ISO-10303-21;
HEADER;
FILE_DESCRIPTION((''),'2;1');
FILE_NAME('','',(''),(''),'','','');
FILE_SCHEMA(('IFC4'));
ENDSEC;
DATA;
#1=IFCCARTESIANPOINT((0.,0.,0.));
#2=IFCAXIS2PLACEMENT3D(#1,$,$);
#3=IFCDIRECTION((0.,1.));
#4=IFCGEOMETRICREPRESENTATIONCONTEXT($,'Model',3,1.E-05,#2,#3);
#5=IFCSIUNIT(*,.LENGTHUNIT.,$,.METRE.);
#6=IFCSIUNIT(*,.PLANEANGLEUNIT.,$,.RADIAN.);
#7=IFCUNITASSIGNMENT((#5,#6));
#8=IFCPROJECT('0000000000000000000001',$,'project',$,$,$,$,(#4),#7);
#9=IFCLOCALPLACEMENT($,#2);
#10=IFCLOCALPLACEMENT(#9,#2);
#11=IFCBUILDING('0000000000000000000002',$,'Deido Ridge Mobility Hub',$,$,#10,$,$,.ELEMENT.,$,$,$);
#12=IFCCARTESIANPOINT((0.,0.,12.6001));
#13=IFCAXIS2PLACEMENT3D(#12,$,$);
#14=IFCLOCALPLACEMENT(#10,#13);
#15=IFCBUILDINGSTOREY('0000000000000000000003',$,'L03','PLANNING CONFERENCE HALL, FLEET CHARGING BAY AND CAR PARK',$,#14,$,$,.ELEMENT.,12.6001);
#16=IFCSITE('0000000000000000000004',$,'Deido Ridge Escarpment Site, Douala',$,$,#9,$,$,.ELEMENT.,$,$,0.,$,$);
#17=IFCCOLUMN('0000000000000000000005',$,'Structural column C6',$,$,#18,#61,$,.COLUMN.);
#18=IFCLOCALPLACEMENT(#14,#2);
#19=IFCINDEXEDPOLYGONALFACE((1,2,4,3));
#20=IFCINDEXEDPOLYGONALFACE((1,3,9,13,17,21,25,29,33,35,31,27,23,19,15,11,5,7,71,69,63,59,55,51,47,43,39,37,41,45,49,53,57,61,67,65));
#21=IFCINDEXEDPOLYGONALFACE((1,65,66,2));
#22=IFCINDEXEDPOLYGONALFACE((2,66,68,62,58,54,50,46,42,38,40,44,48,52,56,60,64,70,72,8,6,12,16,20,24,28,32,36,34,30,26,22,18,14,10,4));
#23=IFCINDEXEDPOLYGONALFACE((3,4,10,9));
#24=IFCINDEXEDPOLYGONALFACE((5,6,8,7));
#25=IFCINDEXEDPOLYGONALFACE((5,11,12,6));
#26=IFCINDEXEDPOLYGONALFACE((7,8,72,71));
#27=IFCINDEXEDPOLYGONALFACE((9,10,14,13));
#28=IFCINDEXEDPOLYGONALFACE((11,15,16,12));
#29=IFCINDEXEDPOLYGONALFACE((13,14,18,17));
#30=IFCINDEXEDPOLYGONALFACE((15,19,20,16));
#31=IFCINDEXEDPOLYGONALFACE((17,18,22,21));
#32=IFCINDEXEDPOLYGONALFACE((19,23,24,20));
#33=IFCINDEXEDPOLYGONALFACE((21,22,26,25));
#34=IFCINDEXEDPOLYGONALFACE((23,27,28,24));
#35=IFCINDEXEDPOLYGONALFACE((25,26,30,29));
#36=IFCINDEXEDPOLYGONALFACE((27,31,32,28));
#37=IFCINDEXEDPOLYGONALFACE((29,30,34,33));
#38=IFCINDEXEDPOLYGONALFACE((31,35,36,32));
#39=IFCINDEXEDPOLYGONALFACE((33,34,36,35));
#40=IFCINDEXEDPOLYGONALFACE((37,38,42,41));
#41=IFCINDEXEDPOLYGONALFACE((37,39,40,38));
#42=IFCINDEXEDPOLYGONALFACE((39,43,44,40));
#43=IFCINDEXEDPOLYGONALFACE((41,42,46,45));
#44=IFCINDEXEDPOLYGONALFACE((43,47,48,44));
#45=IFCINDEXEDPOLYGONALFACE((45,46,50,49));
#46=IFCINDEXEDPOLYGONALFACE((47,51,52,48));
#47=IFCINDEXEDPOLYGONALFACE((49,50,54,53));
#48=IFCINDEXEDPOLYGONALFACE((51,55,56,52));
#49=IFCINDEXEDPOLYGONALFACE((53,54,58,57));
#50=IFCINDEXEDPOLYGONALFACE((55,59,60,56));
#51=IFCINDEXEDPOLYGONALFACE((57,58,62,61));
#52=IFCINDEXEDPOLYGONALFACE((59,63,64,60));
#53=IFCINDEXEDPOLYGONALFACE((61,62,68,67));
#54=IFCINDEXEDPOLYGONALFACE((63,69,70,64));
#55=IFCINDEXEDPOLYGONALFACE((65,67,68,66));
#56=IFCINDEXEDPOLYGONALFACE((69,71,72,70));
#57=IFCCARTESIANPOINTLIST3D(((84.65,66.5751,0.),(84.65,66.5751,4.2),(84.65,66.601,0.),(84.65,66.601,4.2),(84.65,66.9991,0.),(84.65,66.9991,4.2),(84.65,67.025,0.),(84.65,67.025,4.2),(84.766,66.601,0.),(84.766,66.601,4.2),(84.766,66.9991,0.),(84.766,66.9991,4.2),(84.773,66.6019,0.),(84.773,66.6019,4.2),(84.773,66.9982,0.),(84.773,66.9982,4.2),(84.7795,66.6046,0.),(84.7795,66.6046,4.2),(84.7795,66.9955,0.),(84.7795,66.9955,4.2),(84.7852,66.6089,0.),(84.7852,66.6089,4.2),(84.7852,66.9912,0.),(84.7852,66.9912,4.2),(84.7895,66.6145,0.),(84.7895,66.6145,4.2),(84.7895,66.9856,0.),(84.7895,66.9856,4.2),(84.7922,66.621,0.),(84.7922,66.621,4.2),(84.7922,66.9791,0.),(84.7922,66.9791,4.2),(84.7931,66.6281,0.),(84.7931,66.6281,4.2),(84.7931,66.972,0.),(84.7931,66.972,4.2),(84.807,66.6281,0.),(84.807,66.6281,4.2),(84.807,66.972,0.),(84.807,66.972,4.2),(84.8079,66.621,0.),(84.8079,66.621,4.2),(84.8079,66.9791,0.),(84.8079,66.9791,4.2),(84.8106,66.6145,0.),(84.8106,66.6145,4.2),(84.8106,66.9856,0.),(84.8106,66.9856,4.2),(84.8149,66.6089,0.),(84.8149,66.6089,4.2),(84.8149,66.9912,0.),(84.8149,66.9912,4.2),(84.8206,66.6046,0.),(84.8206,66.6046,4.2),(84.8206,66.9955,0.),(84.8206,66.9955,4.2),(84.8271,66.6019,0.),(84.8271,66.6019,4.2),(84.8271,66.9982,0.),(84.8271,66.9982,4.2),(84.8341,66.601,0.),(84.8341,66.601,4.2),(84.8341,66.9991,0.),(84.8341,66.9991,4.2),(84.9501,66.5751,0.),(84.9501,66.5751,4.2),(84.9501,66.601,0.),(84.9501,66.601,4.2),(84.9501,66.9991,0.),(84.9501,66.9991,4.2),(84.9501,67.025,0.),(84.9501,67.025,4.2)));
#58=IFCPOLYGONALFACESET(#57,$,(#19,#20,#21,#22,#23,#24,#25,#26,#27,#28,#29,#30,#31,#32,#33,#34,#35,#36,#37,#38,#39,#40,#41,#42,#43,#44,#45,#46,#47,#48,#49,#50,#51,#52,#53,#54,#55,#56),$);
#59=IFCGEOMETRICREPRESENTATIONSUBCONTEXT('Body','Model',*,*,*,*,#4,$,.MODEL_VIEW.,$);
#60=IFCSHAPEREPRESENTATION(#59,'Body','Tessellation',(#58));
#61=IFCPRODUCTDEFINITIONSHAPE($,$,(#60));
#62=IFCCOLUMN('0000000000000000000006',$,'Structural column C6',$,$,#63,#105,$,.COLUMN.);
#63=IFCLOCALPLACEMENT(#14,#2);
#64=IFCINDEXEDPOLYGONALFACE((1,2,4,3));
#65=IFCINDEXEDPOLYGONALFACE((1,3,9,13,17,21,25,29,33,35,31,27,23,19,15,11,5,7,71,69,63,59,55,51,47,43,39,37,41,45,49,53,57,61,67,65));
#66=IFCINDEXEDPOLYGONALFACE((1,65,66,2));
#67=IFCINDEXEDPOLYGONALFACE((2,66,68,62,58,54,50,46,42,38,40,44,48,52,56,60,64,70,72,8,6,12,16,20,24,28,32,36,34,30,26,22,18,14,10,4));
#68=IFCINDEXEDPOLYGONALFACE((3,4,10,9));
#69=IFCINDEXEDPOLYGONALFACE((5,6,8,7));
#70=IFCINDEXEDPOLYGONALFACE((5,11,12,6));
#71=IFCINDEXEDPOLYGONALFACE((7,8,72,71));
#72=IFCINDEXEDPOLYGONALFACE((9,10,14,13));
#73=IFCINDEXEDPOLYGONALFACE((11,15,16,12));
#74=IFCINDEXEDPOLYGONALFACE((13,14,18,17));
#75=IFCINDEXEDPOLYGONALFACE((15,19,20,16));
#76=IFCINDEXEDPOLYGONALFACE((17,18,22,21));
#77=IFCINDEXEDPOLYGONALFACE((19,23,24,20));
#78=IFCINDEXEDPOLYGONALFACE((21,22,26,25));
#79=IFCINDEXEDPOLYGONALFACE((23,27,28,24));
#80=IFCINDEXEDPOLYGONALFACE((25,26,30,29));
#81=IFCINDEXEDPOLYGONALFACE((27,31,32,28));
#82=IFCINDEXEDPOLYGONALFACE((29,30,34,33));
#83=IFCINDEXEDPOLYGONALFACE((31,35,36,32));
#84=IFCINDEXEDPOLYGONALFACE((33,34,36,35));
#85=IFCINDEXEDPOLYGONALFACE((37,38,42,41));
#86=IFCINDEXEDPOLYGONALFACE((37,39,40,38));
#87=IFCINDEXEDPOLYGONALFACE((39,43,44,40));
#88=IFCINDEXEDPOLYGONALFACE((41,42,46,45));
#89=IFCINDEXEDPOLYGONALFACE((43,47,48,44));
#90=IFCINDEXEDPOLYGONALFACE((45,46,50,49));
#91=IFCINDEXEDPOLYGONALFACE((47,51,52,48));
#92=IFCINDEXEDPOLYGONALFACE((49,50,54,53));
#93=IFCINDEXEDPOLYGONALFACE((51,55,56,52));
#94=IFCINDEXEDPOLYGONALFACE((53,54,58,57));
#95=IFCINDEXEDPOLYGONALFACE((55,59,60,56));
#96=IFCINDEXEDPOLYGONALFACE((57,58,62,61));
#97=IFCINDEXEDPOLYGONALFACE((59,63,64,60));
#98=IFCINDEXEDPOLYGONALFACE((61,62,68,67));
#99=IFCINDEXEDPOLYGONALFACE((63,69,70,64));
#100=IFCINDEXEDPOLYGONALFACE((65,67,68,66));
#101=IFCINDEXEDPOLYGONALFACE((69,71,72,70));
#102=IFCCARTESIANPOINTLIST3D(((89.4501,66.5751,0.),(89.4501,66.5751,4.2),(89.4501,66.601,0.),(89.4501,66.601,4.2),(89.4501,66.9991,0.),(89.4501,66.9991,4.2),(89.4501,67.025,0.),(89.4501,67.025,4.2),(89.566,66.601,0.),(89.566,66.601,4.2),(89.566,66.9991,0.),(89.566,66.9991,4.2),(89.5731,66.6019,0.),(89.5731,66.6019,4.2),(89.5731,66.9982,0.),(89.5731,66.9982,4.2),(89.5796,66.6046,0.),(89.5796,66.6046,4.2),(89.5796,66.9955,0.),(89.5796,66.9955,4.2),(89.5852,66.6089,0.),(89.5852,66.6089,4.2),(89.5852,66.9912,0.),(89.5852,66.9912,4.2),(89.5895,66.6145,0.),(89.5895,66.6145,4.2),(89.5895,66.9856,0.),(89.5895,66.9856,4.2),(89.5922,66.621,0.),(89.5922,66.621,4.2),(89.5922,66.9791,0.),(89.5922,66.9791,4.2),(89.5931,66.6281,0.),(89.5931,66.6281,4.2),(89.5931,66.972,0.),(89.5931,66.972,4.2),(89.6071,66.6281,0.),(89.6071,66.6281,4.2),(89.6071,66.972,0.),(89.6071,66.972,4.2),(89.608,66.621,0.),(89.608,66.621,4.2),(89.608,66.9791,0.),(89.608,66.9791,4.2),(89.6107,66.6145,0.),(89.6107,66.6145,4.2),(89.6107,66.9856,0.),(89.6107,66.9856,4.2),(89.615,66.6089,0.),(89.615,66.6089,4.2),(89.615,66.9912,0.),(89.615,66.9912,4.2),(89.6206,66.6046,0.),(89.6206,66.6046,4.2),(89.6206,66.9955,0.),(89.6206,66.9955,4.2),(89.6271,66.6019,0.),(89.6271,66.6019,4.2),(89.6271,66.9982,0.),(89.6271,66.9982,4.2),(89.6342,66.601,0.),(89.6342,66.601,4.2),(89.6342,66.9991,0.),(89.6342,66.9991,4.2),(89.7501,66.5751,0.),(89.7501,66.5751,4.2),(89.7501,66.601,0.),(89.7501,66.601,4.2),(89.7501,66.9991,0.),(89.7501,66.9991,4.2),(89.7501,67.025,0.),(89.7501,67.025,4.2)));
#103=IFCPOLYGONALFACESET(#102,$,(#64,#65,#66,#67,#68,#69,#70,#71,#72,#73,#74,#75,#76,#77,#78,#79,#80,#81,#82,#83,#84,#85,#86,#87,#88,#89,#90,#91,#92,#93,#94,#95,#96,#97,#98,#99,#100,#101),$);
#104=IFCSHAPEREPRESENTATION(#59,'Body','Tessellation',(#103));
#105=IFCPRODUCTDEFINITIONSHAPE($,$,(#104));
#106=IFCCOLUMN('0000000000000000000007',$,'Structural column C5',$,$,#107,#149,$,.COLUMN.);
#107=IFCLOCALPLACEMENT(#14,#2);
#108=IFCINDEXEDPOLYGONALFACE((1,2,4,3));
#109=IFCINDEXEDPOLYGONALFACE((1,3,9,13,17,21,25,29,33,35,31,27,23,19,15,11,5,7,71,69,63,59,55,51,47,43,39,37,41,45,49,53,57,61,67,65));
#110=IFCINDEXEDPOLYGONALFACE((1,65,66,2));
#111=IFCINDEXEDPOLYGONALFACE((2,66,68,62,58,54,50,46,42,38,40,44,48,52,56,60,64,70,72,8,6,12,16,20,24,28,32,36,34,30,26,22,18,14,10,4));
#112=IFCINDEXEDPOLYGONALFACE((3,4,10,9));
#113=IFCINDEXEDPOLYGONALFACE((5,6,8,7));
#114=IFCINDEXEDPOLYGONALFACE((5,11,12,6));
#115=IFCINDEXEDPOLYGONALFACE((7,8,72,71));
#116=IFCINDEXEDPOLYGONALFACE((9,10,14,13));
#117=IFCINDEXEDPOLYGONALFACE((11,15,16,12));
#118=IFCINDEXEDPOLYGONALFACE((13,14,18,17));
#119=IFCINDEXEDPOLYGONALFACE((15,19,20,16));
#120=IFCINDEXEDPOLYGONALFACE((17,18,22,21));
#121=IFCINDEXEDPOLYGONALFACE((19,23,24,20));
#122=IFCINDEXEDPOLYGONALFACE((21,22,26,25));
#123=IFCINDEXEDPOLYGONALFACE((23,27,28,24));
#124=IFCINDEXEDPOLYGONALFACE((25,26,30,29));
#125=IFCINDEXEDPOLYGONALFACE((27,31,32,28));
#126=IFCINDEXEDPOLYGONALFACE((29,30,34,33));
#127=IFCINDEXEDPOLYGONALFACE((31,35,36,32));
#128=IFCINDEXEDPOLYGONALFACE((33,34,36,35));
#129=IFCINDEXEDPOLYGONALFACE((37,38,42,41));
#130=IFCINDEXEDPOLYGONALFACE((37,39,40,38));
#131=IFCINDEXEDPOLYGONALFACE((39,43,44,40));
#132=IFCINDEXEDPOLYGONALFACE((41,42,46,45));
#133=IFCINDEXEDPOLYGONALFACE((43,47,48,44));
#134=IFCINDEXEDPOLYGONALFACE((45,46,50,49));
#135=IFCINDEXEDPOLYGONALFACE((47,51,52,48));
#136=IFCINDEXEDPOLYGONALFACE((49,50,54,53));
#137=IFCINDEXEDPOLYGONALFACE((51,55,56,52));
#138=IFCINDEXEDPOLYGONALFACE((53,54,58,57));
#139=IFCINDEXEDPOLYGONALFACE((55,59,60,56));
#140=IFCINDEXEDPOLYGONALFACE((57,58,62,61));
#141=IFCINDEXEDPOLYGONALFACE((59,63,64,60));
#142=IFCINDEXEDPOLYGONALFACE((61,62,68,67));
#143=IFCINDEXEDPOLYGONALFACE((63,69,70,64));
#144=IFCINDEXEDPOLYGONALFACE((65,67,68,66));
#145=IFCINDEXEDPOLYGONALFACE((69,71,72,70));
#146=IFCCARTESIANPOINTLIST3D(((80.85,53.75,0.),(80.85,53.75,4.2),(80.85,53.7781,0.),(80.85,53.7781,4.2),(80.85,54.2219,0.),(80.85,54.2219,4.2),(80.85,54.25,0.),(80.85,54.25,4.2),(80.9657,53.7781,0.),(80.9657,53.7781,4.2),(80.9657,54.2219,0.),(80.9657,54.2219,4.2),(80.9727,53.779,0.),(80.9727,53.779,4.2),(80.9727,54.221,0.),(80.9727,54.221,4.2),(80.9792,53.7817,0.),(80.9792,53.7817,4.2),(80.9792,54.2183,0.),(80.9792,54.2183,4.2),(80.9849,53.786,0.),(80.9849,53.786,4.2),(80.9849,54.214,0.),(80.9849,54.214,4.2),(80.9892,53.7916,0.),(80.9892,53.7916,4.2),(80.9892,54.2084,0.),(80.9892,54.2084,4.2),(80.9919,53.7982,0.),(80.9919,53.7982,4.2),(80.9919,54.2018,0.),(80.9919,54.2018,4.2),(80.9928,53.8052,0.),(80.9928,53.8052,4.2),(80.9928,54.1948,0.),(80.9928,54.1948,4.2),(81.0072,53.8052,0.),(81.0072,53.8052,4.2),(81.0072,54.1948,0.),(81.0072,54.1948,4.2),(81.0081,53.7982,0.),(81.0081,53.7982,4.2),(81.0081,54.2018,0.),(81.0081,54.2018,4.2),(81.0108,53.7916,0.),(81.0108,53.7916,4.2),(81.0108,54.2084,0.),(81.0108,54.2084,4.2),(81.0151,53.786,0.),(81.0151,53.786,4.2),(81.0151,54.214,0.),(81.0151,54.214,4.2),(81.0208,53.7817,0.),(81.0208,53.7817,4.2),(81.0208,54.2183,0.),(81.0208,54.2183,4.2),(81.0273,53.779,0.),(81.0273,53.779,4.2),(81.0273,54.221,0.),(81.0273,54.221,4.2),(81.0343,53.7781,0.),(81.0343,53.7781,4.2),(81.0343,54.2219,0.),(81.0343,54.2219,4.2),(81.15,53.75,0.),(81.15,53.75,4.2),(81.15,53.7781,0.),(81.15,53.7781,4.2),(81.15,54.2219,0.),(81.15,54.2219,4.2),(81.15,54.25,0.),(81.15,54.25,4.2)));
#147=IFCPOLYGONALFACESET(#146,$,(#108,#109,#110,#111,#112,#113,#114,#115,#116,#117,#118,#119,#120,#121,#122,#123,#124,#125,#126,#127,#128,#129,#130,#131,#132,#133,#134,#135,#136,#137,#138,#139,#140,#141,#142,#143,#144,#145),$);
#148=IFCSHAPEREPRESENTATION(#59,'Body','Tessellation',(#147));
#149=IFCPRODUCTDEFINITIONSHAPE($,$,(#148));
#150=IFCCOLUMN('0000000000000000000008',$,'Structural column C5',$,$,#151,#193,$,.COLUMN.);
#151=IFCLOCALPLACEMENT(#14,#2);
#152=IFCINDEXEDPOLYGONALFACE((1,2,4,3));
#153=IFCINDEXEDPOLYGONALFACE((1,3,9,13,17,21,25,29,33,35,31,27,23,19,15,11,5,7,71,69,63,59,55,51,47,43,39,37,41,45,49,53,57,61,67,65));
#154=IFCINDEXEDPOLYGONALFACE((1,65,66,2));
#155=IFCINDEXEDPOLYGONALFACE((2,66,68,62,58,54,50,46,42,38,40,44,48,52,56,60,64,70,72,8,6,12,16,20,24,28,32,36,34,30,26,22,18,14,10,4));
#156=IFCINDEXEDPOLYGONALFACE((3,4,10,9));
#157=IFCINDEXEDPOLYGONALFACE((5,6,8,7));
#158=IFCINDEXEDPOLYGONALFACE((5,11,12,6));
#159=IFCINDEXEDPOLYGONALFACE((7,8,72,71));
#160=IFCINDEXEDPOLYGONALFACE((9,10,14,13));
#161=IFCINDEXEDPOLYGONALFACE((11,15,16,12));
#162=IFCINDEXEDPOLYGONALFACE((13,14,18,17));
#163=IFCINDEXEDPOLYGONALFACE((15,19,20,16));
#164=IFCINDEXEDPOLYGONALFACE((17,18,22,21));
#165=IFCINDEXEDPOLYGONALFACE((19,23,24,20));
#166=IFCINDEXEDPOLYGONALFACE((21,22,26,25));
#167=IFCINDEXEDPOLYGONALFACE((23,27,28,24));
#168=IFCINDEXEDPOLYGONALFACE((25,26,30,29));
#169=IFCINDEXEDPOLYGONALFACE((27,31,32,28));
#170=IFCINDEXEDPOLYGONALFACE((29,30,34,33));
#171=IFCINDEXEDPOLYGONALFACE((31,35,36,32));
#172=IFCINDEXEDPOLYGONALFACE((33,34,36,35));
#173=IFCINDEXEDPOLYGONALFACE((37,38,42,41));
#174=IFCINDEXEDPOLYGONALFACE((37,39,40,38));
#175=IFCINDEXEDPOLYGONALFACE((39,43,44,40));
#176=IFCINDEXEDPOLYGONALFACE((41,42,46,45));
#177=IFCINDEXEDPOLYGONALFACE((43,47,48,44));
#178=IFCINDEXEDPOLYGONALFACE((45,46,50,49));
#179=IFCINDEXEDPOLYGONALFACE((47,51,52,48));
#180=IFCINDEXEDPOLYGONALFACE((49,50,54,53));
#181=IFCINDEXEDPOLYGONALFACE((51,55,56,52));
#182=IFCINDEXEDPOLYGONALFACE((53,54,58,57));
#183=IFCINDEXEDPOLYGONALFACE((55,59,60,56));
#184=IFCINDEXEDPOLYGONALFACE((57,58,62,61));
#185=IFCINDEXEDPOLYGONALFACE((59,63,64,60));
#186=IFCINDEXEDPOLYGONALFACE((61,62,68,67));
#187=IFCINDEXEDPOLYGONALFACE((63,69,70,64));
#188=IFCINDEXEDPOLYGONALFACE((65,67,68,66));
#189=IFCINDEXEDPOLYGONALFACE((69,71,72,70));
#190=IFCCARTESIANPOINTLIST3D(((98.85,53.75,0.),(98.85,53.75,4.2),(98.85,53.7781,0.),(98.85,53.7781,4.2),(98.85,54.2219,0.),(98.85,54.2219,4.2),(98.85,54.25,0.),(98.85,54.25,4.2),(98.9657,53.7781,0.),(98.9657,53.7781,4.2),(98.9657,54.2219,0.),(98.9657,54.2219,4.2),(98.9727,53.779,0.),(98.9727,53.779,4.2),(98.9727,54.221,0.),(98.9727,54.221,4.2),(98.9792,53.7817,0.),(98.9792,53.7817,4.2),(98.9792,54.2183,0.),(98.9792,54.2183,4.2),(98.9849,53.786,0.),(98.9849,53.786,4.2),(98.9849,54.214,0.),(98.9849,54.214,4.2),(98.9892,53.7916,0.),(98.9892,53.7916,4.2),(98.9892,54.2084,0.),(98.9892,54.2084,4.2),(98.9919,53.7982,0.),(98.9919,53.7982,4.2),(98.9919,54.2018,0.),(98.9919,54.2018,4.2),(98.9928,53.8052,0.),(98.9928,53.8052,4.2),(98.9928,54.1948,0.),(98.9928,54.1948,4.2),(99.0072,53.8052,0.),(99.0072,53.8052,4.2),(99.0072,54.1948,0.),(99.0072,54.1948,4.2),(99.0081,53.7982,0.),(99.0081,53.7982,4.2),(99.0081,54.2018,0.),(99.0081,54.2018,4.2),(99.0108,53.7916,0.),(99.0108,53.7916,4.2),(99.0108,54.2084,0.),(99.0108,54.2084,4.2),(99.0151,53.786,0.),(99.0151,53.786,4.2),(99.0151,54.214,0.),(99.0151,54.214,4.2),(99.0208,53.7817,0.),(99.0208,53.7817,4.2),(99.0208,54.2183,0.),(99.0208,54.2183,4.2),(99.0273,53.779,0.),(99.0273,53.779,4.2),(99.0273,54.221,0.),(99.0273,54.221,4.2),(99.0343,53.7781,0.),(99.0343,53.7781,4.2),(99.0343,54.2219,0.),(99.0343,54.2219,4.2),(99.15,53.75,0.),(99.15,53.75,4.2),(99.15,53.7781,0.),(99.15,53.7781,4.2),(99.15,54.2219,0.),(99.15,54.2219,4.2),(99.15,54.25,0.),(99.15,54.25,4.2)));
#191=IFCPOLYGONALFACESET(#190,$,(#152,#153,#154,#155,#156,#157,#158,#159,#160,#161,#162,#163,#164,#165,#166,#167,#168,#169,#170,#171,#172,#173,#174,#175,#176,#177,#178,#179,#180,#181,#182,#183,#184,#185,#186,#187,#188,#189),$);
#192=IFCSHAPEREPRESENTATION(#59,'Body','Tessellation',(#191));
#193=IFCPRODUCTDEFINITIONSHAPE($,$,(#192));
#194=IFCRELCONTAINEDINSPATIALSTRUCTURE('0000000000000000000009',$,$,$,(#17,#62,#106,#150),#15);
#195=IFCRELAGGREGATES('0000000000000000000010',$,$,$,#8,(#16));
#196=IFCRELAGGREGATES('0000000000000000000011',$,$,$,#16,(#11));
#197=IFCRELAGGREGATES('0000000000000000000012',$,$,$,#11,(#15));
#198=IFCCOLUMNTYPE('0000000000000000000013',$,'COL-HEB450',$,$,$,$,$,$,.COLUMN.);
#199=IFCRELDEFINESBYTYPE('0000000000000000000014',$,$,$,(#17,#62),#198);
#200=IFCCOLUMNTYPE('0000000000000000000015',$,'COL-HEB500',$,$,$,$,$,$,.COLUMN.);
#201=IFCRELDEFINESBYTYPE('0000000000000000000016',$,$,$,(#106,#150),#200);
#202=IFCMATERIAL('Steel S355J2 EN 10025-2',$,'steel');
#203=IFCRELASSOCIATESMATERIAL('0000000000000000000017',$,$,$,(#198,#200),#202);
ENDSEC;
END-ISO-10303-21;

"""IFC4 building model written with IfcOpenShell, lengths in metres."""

from ifc_helpers import new_model, si_unit, direction, frame, origin, origin_2d, place, context, subcontext, project, spatial, i_section, extrude, material, material_profile, profile_set, type_object, element, save


model = new_model("IFC4")

# Units and contexts
model_context = context("Model", 3, precision=1e-05, world=origin(), true_north=direction((0.0, 1.0)))
body_context = subcontext(model_context, "Body", "Model", "MODEL_VIEW")
ifc_project = project(units=[si_unit("LENGTHUNIT", "METRE"), si_unit("PLANEANGLEUNIT", "RADIAN")], contexts=[model_context])

# Site, building, storey
site_placement = place(None, origin())
site = spatial("IfcSite", under=ifc_project, at=site_placement, Name="Deido Ridge Escarpment Site, Douala", CompositionType="ELEMENT", RefElevation=0.0)
building_placement = place(site_placement, origin())
building = spatial("IfcBuilding", under=site, at=building_placement, Name="Deido Ridge Mobility Hub", CompositionType="ELEMENT")
storey_placement = place(building_placement, frame((0.0, 0.0, 12.6001)))
storey = spatial("IfcBuildingStorey", under=building, at=storey_placement, Name="L03", Description="PLANNING CONFERENCE HALL, FLEET CHARGING BAY AND CAR PARK", CompositionType="ELEMENT", Elevation=12.6001)

# Columns
ifc_material_1 = material(Name="Steel S355J2 EN 10025-2", Category="steel")
ifc_material_profile_1 = material_profile(ifc_material_1, i_section(OverallWidth=0.3, OverallDepth=0.45, WebThickness=0.0139, FlangeThickness=0.0259, FilletRadius=0.0271, at=origin_2d()), Name="HEB 450")
ifc_profile_set_1 = profile_set([ifc_material_profile_1], Name="Steel S355J2 EN 10025-2")
column_type_1 = type_object("IfcColumnType", Name="COL-HEB450", PredefinedType="COLUMN", material=ifc_profile_set_1)
for number, where, z_axis, x_axis, name in (
    (1, (84.8, 66.8, 0.0), (0.0, 0.0, 1.0), (1.0, 0.0, 0.0), "Structural column C6"),
    (2, (89.6001, 66.8, 0.0), (0.0, 0.0, 1.0), (1.0, 0.0, 0.0), "Structural column C6"),
):
    element("IfcColumn", number, at=place(storey_placement, frame(where, z_axis=z_axis, x_axis=x_axis)), inside=storey, type_object=column_type_1, Name=name, PredefinedType="COLUMN", context=body_context, shape_type="SweptSolid", body=[
        extrude(i_section(OverallWidth=0.3, OverallDepth=0.45, WebThickness=0.0139, FlangeThickness=0.0259, FilletRadius=0.0271, at=origin_2d()), origin(), (0.0, 0.0, 1.0), 4.2),
    ])
ifc_material_profile_2 = material_profile(ifc_material_1, i_section(OverallWidth=0.3, OverallDepth=0.5, WebThickness=0.0144, FlangeThickness=0.0281, FilletRadius=0.0271, at=origin_2d()), Name="HEB 500")
ifc_profile_set_2 = profile_set([ifc_material_profile_2], Name="Steel S355J2 EN 10025-2")
column_type_2 = type_object("IfcColumnType", Name="COL-HEB500", PredefinedType="COLUMN", material=ifc_profile_set_2)
for number, where, z_axis, x_axis, name in (
    (3, (81.0, 54.0, 0.0), (0.0, 0.0, 1.0), (1.0, 0.0, 0.0), "Structural column C5"),
    (4, (99.0, 54.0, 0.0), (0.0, 0.0, 1.0), (1.0, 0.0, 0.0), "Structural column C5"),
):
    element("IfcColumn", number, at=place(storey_placement, frame(where, z_axis=z_axis, x_axis=x_axis)), inside=storey, type_object=column_type_2, Name=name, PredefinedType="COLUMN", context=body_context, shape_type="SweptSolid", body=[
        extrude(i_section(OverallWidth=0.3, OverallDepth=0.5, WebThickness=0.0144, FlangeThickness=0.0281, FilletRadius=0.0271, at=origin_2d()), origin(), (0.0, 0.0, 1.0), 4.2),
    ])

save(model, "model.ifc")
